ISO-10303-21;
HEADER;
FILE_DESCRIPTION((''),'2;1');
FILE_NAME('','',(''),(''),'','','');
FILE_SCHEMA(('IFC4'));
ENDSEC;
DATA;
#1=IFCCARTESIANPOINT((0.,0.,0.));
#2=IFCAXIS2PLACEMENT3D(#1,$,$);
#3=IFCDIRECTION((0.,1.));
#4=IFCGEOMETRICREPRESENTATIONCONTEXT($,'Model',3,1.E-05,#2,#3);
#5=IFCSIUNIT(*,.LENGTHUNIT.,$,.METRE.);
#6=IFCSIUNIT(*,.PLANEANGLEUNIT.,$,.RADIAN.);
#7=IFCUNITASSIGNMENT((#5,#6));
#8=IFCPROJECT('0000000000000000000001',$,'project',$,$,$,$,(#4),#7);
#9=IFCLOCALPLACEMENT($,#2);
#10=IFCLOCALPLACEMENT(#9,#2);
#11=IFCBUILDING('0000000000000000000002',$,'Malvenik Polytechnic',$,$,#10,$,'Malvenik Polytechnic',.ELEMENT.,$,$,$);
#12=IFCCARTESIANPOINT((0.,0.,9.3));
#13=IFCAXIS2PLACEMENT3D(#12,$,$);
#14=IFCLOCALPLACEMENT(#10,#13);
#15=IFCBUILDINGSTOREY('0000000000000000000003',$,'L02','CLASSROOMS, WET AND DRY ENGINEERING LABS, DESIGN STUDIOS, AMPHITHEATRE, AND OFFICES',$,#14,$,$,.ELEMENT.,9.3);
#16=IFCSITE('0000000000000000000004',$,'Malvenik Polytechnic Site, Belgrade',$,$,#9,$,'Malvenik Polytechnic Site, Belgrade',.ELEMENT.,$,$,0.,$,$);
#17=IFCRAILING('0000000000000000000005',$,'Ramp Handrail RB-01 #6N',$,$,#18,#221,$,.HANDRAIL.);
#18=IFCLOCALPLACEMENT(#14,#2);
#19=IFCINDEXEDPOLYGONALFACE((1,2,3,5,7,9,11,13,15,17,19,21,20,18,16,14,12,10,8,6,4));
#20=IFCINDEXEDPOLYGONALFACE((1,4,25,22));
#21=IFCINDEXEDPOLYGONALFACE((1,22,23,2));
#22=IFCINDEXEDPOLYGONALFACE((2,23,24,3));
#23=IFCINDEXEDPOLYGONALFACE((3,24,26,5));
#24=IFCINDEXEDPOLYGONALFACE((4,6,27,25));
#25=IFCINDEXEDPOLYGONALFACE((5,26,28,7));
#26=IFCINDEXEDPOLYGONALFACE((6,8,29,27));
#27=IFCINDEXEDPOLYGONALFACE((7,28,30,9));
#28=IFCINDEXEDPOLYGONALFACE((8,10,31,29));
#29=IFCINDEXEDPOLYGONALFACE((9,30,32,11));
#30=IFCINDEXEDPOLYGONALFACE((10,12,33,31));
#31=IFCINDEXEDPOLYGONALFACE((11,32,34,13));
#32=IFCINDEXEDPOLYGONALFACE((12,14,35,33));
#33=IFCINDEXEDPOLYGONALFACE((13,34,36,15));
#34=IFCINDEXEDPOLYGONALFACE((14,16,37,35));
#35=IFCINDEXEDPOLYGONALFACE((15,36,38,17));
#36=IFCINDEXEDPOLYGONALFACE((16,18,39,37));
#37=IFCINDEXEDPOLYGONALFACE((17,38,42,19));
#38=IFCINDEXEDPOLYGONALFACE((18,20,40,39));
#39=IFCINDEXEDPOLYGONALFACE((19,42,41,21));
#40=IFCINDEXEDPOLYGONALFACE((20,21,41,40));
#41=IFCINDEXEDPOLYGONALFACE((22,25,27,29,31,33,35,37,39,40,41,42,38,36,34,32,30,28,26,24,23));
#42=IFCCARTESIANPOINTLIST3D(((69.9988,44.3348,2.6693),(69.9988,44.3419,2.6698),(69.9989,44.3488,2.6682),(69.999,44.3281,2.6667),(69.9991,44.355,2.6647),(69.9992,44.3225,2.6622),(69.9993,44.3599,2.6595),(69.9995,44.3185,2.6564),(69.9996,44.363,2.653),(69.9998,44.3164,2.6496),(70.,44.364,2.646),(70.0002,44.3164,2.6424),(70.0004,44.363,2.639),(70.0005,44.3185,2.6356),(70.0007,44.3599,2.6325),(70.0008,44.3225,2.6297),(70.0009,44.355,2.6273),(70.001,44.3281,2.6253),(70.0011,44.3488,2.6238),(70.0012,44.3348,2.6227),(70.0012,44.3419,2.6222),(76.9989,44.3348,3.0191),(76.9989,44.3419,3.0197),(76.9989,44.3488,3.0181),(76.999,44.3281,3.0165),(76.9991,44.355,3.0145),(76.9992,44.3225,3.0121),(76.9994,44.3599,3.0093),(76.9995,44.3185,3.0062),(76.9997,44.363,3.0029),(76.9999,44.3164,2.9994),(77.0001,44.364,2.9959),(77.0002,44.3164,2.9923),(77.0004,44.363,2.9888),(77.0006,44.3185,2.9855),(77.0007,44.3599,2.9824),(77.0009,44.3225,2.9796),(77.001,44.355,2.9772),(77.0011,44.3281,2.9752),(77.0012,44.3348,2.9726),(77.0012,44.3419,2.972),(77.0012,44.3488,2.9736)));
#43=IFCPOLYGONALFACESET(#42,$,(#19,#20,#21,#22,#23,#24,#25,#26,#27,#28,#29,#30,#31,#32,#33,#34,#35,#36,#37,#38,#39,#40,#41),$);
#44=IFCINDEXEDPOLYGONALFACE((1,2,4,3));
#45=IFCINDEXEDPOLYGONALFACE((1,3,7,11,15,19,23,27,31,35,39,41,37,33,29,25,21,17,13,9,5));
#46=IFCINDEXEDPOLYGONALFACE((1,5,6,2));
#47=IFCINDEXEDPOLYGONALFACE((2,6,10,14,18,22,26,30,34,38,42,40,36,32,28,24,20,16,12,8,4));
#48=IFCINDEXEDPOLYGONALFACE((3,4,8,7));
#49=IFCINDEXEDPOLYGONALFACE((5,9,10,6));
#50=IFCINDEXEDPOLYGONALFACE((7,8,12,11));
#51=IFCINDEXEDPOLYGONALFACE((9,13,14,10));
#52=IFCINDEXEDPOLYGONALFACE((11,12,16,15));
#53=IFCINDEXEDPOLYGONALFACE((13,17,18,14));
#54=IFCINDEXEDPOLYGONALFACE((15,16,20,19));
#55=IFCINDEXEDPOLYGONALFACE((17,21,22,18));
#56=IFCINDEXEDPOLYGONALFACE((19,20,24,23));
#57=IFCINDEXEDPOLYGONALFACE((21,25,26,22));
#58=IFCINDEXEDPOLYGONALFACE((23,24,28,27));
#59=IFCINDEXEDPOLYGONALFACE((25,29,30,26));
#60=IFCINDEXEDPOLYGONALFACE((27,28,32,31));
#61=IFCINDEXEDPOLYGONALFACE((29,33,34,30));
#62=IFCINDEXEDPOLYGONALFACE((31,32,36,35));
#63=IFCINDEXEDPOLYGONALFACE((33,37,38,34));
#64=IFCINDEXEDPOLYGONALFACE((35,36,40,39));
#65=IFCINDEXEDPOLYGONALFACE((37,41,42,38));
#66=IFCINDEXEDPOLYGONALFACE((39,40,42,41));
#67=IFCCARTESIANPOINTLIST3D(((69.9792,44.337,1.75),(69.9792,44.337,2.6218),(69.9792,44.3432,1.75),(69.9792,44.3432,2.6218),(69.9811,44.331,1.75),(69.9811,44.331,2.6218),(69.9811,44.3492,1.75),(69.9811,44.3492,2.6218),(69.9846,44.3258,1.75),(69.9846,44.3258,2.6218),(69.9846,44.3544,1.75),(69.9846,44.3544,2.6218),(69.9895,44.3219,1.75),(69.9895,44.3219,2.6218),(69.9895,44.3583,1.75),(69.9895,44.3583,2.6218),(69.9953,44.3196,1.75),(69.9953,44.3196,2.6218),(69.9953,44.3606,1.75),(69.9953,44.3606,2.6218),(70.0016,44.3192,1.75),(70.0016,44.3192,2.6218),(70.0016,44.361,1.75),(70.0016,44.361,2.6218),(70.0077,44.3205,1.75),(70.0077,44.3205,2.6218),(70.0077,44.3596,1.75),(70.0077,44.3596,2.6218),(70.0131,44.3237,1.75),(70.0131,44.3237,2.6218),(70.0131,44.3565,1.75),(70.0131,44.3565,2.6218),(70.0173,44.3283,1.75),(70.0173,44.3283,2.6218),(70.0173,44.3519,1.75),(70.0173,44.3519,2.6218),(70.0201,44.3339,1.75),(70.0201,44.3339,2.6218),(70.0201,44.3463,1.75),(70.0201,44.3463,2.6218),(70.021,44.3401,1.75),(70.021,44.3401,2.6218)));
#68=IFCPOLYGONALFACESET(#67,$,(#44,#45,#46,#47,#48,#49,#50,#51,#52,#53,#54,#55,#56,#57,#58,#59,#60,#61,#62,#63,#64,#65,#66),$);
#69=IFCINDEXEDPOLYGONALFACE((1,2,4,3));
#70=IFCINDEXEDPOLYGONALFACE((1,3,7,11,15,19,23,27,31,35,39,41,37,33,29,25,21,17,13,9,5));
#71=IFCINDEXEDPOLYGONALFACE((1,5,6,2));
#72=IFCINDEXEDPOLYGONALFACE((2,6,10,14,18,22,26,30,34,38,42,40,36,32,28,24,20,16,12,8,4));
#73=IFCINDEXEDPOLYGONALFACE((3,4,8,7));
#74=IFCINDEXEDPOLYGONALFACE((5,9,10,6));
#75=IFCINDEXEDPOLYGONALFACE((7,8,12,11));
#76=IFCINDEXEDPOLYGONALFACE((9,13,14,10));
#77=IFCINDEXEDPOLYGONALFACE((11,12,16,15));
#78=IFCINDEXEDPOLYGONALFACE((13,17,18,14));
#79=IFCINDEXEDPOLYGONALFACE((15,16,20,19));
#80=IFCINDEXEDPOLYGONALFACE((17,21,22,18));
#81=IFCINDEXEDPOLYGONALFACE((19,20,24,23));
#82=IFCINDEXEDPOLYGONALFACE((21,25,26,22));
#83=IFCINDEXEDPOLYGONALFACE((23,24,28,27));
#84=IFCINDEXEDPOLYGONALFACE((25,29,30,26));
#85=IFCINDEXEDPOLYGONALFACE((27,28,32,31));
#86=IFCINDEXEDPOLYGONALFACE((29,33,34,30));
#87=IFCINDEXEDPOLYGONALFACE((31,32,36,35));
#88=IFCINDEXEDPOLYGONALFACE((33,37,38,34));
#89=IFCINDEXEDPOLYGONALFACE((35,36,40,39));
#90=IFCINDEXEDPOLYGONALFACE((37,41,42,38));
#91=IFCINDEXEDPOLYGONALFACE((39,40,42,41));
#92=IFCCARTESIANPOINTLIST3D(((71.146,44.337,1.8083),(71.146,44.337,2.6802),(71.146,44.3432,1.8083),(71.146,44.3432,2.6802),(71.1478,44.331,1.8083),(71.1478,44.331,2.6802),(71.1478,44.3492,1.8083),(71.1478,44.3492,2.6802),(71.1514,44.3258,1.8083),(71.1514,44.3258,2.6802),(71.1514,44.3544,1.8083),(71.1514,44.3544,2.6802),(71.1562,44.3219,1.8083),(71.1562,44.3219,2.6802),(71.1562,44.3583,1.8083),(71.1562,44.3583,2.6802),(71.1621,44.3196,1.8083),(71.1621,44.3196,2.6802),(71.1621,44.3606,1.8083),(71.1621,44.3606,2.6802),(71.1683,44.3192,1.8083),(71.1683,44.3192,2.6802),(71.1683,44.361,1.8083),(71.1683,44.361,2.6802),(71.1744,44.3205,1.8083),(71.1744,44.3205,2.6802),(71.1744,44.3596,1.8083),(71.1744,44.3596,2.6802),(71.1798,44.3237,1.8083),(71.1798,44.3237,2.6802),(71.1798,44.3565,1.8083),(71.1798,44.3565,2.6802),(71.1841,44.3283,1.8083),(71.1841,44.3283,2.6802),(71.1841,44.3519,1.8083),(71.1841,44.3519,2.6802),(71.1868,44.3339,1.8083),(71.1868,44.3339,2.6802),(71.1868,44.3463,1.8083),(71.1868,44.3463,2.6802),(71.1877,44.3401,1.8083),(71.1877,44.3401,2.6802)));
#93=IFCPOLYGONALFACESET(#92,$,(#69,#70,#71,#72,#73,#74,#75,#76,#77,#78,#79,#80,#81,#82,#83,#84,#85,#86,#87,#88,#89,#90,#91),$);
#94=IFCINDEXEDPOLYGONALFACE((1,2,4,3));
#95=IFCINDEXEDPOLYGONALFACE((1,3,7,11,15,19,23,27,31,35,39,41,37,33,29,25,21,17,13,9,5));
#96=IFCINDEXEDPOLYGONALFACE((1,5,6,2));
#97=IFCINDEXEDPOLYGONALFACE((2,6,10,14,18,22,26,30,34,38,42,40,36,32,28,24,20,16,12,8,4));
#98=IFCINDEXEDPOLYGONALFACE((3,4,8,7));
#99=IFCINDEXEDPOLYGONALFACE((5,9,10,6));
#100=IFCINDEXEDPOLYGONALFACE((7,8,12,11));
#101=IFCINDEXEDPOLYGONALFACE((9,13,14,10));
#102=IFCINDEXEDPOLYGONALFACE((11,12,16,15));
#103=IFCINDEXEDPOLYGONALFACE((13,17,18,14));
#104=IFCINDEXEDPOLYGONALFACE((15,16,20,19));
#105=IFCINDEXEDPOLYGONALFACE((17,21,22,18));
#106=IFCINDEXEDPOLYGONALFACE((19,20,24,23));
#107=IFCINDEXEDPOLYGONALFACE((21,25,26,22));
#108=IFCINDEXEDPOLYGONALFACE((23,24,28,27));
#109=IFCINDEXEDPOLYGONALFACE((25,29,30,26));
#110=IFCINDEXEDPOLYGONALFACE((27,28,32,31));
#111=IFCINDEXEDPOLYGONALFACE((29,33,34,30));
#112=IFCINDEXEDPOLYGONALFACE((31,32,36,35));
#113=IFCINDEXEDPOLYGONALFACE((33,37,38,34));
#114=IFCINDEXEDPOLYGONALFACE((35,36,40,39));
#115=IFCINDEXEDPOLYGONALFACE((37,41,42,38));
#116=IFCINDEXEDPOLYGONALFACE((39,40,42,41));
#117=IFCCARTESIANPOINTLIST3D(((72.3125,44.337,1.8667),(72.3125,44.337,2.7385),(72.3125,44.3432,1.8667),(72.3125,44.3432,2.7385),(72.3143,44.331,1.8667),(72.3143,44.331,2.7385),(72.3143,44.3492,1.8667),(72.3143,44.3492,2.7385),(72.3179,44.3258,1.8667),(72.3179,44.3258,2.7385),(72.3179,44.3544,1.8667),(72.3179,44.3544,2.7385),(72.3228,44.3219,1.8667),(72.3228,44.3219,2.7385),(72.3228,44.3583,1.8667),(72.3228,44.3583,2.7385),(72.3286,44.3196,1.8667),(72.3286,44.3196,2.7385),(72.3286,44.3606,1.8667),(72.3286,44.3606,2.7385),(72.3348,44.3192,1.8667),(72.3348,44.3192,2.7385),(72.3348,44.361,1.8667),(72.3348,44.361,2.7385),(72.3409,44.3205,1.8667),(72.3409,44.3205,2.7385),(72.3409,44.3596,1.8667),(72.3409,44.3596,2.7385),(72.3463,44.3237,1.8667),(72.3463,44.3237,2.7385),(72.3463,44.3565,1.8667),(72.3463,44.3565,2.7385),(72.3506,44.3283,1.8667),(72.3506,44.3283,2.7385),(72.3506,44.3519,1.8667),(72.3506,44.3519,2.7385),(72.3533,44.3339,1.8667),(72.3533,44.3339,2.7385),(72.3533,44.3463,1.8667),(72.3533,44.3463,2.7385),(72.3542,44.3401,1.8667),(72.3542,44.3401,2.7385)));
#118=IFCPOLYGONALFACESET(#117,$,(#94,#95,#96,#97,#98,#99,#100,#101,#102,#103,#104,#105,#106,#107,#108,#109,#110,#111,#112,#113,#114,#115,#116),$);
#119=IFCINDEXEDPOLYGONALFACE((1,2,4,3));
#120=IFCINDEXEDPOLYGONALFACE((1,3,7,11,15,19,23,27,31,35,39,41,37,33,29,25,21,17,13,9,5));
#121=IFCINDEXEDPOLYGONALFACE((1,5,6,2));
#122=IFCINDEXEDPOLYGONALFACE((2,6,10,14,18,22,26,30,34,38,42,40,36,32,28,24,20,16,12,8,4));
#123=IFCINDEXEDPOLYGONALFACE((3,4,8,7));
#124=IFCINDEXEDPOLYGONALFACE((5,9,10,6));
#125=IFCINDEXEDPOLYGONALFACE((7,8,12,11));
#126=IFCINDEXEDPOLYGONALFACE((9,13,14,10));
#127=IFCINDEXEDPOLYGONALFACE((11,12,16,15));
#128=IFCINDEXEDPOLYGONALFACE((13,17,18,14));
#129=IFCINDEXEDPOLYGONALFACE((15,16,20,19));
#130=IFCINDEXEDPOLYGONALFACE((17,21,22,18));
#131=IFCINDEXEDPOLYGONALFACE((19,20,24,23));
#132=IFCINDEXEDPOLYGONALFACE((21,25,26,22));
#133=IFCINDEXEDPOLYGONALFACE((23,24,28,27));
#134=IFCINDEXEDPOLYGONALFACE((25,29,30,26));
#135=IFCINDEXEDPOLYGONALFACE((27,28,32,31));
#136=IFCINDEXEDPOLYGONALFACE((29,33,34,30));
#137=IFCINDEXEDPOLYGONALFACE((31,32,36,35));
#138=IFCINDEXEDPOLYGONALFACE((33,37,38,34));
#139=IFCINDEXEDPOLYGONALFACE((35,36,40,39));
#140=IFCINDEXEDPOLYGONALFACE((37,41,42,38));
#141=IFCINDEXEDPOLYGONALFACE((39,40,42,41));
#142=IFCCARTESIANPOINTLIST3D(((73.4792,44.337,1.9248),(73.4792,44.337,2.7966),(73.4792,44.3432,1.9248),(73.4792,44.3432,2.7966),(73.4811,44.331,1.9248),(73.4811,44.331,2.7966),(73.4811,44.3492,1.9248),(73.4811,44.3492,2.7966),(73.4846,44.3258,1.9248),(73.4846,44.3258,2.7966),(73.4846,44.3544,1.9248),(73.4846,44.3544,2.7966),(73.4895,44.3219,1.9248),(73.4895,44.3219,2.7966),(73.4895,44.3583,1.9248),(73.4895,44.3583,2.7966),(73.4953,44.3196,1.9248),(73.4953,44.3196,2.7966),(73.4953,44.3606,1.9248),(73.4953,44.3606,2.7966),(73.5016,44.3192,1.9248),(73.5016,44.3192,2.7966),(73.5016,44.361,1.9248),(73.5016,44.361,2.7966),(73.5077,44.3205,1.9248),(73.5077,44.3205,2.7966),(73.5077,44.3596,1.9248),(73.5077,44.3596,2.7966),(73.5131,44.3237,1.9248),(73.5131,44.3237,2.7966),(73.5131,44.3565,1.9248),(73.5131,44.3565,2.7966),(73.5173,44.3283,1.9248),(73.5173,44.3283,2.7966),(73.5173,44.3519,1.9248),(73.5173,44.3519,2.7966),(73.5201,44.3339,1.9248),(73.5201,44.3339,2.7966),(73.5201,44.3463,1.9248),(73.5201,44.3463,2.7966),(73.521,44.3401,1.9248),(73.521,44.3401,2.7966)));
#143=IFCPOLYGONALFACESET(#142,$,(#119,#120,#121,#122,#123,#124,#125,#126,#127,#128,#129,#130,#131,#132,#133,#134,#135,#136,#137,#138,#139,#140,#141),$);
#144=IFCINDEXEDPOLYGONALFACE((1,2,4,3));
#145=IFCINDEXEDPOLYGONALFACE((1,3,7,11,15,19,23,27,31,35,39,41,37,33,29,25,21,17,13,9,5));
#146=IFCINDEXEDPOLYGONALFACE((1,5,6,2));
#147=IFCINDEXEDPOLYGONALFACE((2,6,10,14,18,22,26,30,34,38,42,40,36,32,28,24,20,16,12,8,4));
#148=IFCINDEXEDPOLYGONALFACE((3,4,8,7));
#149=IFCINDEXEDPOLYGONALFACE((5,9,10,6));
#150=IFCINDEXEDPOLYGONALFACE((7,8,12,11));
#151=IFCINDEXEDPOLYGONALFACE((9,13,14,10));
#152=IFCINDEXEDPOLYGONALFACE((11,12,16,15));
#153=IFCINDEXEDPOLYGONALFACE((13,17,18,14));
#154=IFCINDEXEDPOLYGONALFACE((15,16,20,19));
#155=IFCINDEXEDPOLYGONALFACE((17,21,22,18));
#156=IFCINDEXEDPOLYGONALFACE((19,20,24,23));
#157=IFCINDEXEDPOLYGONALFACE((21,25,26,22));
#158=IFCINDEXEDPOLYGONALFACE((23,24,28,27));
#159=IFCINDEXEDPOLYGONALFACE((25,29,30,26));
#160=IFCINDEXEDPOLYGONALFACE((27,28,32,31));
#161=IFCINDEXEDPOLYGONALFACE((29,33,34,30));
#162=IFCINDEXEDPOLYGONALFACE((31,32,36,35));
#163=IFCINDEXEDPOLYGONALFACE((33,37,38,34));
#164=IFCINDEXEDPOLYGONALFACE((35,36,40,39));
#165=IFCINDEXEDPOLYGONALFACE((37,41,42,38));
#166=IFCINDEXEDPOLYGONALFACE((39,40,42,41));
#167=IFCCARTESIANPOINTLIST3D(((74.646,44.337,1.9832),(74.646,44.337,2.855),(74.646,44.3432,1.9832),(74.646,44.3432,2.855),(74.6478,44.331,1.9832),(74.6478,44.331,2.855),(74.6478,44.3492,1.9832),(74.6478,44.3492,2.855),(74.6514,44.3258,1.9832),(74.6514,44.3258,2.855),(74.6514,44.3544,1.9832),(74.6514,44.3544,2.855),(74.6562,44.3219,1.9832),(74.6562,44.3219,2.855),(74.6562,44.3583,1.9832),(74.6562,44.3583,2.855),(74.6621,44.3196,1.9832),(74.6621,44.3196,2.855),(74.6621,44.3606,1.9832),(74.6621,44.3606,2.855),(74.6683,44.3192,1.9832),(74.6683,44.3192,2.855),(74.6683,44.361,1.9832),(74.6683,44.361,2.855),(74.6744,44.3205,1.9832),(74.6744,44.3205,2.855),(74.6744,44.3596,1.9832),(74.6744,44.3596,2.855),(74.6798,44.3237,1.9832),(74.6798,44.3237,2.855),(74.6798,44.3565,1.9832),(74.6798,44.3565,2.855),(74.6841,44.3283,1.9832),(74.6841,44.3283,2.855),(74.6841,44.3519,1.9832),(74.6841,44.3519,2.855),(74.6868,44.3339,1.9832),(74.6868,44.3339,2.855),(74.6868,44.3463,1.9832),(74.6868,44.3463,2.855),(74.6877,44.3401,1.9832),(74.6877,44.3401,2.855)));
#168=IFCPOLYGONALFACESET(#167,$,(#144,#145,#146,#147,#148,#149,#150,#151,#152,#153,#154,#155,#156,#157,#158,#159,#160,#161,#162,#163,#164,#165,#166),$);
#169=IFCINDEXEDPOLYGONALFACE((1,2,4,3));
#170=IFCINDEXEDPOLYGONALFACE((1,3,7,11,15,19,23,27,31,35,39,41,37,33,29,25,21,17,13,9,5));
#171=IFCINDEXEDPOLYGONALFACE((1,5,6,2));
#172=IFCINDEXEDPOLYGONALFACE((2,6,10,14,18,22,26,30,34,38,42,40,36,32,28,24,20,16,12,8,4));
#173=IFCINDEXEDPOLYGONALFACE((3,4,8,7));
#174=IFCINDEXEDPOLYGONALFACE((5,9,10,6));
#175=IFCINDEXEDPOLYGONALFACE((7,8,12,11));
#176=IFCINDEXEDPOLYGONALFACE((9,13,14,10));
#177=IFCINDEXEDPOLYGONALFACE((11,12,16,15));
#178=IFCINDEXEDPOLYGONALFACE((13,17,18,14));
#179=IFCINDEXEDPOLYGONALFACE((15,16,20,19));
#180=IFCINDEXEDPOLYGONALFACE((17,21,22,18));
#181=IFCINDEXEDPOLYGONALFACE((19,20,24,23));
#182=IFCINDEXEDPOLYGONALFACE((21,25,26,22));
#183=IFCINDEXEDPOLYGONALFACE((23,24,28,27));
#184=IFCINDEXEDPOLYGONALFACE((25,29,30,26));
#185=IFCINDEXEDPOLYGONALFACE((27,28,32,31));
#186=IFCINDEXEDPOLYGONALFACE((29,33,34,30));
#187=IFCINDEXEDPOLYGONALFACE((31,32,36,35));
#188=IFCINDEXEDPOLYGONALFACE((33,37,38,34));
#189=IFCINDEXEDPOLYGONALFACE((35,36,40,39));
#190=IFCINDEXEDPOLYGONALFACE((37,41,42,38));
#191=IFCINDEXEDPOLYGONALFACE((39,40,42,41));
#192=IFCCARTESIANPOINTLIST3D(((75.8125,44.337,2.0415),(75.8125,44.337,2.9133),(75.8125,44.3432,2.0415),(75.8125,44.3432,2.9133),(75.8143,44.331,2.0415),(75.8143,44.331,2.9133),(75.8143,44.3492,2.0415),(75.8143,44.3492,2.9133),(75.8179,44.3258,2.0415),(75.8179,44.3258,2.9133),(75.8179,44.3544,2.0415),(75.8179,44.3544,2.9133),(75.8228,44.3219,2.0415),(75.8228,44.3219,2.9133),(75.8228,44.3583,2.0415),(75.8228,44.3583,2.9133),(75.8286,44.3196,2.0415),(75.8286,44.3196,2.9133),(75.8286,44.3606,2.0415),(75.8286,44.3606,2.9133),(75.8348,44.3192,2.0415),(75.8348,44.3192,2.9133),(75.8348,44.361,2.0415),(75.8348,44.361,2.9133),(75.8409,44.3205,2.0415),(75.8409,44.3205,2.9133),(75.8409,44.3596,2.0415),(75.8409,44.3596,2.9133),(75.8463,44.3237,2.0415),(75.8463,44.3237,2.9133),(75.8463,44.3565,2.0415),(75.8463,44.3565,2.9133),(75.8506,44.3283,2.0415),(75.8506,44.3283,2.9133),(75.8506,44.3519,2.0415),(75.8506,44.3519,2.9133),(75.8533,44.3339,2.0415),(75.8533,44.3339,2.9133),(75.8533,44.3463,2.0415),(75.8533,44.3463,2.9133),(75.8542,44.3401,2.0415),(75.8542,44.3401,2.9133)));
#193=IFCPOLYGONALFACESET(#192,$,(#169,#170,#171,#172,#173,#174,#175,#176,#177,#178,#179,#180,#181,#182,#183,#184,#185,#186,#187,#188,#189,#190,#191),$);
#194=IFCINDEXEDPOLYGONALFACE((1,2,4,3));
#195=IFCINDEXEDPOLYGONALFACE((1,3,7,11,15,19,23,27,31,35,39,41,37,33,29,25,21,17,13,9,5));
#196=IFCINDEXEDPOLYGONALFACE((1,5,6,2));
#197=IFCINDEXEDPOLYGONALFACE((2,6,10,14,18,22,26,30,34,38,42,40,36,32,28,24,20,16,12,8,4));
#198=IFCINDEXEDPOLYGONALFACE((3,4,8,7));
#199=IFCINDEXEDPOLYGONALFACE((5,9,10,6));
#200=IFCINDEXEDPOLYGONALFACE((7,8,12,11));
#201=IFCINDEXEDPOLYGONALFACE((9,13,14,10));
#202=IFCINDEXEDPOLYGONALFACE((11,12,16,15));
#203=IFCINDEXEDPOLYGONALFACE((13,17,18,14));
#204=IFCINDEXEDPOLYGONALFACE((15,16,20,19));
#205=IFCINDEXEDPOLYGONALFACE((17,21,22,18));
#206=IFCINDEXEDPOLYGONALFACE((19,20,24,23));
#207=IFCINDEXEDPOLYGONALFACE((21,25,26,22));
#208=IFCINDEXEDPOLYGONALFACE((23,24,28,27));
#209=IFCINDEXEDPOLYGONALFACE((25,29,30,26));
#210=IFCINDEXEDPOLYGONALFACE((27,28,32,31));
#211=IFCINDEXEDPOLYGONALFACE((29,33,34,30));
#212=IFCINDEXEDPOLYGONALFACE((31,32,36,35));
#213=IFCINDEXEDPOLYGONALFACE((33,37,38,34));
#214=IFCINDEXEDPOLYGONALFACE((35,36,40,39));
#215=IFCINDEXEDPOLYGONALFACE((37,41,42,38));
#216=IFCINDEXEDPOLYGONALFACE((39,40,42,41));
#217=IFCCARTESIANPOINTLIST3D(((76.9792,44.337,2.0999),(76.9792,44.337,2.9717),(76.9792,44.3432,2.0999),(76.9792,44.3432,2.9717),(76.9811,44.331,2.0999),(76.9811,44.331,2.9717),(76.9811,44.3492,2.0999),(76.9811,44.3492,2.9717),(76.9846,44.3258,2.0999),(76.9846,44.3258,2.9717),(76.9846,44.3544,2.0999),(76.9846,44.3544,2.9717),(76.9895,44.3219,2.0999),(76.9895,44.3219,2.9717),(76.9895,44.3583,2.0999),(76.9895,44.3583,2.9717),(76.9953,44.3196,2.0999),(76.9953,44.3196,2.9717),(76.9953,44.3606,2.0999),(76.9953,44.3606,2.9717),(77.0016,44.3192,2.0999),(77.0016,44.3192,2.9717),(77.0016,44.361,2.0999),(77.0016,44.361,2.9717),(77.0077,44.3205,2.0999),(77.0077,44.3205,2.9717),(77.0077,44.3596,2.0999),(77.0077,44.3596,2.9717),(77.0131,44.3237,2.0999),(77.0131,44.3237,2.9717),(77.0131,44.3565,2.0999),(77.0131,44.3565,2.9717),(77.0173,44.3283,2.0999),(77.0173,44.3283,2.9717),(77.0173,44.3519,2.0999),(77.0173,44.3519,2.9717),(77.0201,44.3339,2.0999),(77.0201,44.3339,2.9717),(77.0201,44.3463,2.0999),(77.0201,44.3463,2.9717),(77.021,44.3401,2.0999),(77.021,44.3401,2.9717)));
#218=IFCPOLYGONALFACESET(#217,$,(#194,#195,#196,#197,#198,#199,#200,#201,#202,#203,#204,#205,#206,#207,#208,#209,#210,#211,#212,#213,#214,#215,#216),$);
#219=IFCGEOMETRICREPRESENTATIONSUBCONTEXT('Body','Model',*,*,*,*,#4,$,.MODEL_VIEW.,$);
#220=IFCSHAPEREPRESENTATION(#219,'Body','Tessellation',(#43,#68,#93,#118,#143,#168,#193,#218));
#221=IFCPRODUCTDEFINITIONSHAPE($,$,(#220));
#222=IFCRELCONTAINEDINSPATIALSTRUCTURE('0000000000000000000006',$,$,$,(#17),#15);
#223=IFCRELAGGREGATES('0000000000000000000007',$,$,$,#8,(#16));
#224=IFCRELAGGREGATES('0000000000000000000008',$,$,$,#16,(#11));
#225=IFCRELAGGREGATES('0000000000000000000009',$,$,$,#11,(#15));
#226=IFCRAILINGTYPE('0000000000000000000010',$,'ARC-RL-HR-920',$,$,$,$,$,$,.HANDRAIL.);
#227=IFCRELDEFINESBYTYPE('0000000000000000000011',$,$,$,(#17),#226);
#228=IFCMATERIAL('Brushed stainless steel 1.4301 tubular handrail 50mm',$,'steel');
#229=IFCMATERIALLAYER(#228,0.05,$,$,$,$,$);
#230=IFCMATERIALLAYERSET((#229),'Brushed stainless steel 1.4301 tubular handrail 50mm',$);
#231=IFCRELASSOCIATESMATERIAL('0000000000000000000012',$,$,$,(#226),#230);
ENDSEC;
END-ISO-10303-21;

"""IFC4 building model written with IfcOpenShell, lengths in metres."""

from ifc_helpers import new_model, si_unit, direction, frame, origin, origin_2d, place, context, subcontext, project, spatial, circle, extrude, material, layer, layer_set, type_object, element, save


model = new_model("IFC4")

# Units and contexts
model_context = context("Model", 3, precision=1e-05, world=origin(), true_north=direction((0.0, 1.0)))
body_context = subcontext(model_context, "Body", "Model", "MODEL_VIEW")
ifc_project = project(units=[si_unit("LENGTHUNIT", "METRE"), si_unit("PLANEANGLEUNIT", "RADIAN")], contexts=[model_context])

# Site, building, storey
site_placement = place(None, origin())
site = spatial("IfcSite", under=ifc_project, at=site_placement, Name="Malvenik Polytechnic Site, Belgrade", LongName="Malvenik Polytechnic Site, Belgrade", CompositionType="ELEMENT", RefElevation=0.0)
building_placement = place(site_placement, origin())
building = spatial("IfcBuilding", under=site, at=building_placement, Name="Malvenik Polytechnic", LongName="Malvenik Polytechnic", CompositionType="ELEMENT")
storey_placement = place(building_placement, frame((0.0, 0.0, 9.3)))
storey = spatial("IfcBuildingStorey", under=building, at=storey_placement, Name="L02", Description="CLASSROOMS, WET AND DRY ENGINEERING LABS, DESIGN STUDIOS, AMPHITHEATRE, AND OFFICES", CompositionType="ELEMENT", Elevation=9.3)

# Railing
ifc_material_1 = material(Name="Brushed stainless steel 1.4301 tubular handrail 50mm", Category="steel")
ifc_layer_1 = layer(ifc_material_1, 0.05)
ifc_layer_set_1 = layer_set([ifc_layer_1], Name="Brushed stainless steel 1.4301 tubular handrail 50mm")
railing_type_1 = type_object("IfcRailingType", Name="ARC-RL-HR-920", PredefinedType="HANDRAIL", material=ifc_layer_set_1)
railing_1_placement = place(storey_placement, frame((70.0, 44.3401, 1.75)))
element("IfcRailing", 1, at=railing_1_placement, inside=storey, type_object=railing_type_1, Name="Ramp Handrail RB-01 #6N", PredefinedType="HANDRAIL", context=body_context, shape_type="SweptSolid", body=[
    extrude(circle(Radius=0.0239, at=origin_2d()), frame((0.0, 0.0, 0.896), z_axis=(0.998753, 0.0, 0.049917), x_axis=(0.0, 1.0, 0.0)), (0.0, 0.0, 1.0), 7.0088),
    extrude(circle(Radius=0.021, at=origin_2d()), origin(), (0.0, 0.0, 1.0), 0.8718),
    extrude(circle(Radius=0.021, at=origin_2d()), frame((1.1667, 0.0, 0.0583)), (0.0, 0.0, 1.0), 0.8718),
    extrude(circle(Radius=0.021, at=origin_2d()), frame((2.3333, 0.0, 0.1167)), (0.0, 0.0, 1.0), 0.8718),
    extrude(circle(Radius=0.021, at=origin_2d()), frame((3.5, 0.0, 0.1748)), (0.0, 0.0, 1.0), 0.8718),
    extrude(circle(Radius=0.021, at=origin_2d()), frame((4.6667, 0.0, 0.2332)), (0.0, 0.0, 1.0), 0.8718),
    extrude(circle(Radius=0.021, at=origin_2d()), frame((5.8333, 0.0, 0.2915)), (0.0, 0.0, 1.0), 0.8718),
    extrude(circle(Radius=0.021, at=origin_2d()), frame((7.0, 0.0, 0.3499)), (0.0, 0.0, 1.0), 0.8718),
])

save(model, "model.ifc")
